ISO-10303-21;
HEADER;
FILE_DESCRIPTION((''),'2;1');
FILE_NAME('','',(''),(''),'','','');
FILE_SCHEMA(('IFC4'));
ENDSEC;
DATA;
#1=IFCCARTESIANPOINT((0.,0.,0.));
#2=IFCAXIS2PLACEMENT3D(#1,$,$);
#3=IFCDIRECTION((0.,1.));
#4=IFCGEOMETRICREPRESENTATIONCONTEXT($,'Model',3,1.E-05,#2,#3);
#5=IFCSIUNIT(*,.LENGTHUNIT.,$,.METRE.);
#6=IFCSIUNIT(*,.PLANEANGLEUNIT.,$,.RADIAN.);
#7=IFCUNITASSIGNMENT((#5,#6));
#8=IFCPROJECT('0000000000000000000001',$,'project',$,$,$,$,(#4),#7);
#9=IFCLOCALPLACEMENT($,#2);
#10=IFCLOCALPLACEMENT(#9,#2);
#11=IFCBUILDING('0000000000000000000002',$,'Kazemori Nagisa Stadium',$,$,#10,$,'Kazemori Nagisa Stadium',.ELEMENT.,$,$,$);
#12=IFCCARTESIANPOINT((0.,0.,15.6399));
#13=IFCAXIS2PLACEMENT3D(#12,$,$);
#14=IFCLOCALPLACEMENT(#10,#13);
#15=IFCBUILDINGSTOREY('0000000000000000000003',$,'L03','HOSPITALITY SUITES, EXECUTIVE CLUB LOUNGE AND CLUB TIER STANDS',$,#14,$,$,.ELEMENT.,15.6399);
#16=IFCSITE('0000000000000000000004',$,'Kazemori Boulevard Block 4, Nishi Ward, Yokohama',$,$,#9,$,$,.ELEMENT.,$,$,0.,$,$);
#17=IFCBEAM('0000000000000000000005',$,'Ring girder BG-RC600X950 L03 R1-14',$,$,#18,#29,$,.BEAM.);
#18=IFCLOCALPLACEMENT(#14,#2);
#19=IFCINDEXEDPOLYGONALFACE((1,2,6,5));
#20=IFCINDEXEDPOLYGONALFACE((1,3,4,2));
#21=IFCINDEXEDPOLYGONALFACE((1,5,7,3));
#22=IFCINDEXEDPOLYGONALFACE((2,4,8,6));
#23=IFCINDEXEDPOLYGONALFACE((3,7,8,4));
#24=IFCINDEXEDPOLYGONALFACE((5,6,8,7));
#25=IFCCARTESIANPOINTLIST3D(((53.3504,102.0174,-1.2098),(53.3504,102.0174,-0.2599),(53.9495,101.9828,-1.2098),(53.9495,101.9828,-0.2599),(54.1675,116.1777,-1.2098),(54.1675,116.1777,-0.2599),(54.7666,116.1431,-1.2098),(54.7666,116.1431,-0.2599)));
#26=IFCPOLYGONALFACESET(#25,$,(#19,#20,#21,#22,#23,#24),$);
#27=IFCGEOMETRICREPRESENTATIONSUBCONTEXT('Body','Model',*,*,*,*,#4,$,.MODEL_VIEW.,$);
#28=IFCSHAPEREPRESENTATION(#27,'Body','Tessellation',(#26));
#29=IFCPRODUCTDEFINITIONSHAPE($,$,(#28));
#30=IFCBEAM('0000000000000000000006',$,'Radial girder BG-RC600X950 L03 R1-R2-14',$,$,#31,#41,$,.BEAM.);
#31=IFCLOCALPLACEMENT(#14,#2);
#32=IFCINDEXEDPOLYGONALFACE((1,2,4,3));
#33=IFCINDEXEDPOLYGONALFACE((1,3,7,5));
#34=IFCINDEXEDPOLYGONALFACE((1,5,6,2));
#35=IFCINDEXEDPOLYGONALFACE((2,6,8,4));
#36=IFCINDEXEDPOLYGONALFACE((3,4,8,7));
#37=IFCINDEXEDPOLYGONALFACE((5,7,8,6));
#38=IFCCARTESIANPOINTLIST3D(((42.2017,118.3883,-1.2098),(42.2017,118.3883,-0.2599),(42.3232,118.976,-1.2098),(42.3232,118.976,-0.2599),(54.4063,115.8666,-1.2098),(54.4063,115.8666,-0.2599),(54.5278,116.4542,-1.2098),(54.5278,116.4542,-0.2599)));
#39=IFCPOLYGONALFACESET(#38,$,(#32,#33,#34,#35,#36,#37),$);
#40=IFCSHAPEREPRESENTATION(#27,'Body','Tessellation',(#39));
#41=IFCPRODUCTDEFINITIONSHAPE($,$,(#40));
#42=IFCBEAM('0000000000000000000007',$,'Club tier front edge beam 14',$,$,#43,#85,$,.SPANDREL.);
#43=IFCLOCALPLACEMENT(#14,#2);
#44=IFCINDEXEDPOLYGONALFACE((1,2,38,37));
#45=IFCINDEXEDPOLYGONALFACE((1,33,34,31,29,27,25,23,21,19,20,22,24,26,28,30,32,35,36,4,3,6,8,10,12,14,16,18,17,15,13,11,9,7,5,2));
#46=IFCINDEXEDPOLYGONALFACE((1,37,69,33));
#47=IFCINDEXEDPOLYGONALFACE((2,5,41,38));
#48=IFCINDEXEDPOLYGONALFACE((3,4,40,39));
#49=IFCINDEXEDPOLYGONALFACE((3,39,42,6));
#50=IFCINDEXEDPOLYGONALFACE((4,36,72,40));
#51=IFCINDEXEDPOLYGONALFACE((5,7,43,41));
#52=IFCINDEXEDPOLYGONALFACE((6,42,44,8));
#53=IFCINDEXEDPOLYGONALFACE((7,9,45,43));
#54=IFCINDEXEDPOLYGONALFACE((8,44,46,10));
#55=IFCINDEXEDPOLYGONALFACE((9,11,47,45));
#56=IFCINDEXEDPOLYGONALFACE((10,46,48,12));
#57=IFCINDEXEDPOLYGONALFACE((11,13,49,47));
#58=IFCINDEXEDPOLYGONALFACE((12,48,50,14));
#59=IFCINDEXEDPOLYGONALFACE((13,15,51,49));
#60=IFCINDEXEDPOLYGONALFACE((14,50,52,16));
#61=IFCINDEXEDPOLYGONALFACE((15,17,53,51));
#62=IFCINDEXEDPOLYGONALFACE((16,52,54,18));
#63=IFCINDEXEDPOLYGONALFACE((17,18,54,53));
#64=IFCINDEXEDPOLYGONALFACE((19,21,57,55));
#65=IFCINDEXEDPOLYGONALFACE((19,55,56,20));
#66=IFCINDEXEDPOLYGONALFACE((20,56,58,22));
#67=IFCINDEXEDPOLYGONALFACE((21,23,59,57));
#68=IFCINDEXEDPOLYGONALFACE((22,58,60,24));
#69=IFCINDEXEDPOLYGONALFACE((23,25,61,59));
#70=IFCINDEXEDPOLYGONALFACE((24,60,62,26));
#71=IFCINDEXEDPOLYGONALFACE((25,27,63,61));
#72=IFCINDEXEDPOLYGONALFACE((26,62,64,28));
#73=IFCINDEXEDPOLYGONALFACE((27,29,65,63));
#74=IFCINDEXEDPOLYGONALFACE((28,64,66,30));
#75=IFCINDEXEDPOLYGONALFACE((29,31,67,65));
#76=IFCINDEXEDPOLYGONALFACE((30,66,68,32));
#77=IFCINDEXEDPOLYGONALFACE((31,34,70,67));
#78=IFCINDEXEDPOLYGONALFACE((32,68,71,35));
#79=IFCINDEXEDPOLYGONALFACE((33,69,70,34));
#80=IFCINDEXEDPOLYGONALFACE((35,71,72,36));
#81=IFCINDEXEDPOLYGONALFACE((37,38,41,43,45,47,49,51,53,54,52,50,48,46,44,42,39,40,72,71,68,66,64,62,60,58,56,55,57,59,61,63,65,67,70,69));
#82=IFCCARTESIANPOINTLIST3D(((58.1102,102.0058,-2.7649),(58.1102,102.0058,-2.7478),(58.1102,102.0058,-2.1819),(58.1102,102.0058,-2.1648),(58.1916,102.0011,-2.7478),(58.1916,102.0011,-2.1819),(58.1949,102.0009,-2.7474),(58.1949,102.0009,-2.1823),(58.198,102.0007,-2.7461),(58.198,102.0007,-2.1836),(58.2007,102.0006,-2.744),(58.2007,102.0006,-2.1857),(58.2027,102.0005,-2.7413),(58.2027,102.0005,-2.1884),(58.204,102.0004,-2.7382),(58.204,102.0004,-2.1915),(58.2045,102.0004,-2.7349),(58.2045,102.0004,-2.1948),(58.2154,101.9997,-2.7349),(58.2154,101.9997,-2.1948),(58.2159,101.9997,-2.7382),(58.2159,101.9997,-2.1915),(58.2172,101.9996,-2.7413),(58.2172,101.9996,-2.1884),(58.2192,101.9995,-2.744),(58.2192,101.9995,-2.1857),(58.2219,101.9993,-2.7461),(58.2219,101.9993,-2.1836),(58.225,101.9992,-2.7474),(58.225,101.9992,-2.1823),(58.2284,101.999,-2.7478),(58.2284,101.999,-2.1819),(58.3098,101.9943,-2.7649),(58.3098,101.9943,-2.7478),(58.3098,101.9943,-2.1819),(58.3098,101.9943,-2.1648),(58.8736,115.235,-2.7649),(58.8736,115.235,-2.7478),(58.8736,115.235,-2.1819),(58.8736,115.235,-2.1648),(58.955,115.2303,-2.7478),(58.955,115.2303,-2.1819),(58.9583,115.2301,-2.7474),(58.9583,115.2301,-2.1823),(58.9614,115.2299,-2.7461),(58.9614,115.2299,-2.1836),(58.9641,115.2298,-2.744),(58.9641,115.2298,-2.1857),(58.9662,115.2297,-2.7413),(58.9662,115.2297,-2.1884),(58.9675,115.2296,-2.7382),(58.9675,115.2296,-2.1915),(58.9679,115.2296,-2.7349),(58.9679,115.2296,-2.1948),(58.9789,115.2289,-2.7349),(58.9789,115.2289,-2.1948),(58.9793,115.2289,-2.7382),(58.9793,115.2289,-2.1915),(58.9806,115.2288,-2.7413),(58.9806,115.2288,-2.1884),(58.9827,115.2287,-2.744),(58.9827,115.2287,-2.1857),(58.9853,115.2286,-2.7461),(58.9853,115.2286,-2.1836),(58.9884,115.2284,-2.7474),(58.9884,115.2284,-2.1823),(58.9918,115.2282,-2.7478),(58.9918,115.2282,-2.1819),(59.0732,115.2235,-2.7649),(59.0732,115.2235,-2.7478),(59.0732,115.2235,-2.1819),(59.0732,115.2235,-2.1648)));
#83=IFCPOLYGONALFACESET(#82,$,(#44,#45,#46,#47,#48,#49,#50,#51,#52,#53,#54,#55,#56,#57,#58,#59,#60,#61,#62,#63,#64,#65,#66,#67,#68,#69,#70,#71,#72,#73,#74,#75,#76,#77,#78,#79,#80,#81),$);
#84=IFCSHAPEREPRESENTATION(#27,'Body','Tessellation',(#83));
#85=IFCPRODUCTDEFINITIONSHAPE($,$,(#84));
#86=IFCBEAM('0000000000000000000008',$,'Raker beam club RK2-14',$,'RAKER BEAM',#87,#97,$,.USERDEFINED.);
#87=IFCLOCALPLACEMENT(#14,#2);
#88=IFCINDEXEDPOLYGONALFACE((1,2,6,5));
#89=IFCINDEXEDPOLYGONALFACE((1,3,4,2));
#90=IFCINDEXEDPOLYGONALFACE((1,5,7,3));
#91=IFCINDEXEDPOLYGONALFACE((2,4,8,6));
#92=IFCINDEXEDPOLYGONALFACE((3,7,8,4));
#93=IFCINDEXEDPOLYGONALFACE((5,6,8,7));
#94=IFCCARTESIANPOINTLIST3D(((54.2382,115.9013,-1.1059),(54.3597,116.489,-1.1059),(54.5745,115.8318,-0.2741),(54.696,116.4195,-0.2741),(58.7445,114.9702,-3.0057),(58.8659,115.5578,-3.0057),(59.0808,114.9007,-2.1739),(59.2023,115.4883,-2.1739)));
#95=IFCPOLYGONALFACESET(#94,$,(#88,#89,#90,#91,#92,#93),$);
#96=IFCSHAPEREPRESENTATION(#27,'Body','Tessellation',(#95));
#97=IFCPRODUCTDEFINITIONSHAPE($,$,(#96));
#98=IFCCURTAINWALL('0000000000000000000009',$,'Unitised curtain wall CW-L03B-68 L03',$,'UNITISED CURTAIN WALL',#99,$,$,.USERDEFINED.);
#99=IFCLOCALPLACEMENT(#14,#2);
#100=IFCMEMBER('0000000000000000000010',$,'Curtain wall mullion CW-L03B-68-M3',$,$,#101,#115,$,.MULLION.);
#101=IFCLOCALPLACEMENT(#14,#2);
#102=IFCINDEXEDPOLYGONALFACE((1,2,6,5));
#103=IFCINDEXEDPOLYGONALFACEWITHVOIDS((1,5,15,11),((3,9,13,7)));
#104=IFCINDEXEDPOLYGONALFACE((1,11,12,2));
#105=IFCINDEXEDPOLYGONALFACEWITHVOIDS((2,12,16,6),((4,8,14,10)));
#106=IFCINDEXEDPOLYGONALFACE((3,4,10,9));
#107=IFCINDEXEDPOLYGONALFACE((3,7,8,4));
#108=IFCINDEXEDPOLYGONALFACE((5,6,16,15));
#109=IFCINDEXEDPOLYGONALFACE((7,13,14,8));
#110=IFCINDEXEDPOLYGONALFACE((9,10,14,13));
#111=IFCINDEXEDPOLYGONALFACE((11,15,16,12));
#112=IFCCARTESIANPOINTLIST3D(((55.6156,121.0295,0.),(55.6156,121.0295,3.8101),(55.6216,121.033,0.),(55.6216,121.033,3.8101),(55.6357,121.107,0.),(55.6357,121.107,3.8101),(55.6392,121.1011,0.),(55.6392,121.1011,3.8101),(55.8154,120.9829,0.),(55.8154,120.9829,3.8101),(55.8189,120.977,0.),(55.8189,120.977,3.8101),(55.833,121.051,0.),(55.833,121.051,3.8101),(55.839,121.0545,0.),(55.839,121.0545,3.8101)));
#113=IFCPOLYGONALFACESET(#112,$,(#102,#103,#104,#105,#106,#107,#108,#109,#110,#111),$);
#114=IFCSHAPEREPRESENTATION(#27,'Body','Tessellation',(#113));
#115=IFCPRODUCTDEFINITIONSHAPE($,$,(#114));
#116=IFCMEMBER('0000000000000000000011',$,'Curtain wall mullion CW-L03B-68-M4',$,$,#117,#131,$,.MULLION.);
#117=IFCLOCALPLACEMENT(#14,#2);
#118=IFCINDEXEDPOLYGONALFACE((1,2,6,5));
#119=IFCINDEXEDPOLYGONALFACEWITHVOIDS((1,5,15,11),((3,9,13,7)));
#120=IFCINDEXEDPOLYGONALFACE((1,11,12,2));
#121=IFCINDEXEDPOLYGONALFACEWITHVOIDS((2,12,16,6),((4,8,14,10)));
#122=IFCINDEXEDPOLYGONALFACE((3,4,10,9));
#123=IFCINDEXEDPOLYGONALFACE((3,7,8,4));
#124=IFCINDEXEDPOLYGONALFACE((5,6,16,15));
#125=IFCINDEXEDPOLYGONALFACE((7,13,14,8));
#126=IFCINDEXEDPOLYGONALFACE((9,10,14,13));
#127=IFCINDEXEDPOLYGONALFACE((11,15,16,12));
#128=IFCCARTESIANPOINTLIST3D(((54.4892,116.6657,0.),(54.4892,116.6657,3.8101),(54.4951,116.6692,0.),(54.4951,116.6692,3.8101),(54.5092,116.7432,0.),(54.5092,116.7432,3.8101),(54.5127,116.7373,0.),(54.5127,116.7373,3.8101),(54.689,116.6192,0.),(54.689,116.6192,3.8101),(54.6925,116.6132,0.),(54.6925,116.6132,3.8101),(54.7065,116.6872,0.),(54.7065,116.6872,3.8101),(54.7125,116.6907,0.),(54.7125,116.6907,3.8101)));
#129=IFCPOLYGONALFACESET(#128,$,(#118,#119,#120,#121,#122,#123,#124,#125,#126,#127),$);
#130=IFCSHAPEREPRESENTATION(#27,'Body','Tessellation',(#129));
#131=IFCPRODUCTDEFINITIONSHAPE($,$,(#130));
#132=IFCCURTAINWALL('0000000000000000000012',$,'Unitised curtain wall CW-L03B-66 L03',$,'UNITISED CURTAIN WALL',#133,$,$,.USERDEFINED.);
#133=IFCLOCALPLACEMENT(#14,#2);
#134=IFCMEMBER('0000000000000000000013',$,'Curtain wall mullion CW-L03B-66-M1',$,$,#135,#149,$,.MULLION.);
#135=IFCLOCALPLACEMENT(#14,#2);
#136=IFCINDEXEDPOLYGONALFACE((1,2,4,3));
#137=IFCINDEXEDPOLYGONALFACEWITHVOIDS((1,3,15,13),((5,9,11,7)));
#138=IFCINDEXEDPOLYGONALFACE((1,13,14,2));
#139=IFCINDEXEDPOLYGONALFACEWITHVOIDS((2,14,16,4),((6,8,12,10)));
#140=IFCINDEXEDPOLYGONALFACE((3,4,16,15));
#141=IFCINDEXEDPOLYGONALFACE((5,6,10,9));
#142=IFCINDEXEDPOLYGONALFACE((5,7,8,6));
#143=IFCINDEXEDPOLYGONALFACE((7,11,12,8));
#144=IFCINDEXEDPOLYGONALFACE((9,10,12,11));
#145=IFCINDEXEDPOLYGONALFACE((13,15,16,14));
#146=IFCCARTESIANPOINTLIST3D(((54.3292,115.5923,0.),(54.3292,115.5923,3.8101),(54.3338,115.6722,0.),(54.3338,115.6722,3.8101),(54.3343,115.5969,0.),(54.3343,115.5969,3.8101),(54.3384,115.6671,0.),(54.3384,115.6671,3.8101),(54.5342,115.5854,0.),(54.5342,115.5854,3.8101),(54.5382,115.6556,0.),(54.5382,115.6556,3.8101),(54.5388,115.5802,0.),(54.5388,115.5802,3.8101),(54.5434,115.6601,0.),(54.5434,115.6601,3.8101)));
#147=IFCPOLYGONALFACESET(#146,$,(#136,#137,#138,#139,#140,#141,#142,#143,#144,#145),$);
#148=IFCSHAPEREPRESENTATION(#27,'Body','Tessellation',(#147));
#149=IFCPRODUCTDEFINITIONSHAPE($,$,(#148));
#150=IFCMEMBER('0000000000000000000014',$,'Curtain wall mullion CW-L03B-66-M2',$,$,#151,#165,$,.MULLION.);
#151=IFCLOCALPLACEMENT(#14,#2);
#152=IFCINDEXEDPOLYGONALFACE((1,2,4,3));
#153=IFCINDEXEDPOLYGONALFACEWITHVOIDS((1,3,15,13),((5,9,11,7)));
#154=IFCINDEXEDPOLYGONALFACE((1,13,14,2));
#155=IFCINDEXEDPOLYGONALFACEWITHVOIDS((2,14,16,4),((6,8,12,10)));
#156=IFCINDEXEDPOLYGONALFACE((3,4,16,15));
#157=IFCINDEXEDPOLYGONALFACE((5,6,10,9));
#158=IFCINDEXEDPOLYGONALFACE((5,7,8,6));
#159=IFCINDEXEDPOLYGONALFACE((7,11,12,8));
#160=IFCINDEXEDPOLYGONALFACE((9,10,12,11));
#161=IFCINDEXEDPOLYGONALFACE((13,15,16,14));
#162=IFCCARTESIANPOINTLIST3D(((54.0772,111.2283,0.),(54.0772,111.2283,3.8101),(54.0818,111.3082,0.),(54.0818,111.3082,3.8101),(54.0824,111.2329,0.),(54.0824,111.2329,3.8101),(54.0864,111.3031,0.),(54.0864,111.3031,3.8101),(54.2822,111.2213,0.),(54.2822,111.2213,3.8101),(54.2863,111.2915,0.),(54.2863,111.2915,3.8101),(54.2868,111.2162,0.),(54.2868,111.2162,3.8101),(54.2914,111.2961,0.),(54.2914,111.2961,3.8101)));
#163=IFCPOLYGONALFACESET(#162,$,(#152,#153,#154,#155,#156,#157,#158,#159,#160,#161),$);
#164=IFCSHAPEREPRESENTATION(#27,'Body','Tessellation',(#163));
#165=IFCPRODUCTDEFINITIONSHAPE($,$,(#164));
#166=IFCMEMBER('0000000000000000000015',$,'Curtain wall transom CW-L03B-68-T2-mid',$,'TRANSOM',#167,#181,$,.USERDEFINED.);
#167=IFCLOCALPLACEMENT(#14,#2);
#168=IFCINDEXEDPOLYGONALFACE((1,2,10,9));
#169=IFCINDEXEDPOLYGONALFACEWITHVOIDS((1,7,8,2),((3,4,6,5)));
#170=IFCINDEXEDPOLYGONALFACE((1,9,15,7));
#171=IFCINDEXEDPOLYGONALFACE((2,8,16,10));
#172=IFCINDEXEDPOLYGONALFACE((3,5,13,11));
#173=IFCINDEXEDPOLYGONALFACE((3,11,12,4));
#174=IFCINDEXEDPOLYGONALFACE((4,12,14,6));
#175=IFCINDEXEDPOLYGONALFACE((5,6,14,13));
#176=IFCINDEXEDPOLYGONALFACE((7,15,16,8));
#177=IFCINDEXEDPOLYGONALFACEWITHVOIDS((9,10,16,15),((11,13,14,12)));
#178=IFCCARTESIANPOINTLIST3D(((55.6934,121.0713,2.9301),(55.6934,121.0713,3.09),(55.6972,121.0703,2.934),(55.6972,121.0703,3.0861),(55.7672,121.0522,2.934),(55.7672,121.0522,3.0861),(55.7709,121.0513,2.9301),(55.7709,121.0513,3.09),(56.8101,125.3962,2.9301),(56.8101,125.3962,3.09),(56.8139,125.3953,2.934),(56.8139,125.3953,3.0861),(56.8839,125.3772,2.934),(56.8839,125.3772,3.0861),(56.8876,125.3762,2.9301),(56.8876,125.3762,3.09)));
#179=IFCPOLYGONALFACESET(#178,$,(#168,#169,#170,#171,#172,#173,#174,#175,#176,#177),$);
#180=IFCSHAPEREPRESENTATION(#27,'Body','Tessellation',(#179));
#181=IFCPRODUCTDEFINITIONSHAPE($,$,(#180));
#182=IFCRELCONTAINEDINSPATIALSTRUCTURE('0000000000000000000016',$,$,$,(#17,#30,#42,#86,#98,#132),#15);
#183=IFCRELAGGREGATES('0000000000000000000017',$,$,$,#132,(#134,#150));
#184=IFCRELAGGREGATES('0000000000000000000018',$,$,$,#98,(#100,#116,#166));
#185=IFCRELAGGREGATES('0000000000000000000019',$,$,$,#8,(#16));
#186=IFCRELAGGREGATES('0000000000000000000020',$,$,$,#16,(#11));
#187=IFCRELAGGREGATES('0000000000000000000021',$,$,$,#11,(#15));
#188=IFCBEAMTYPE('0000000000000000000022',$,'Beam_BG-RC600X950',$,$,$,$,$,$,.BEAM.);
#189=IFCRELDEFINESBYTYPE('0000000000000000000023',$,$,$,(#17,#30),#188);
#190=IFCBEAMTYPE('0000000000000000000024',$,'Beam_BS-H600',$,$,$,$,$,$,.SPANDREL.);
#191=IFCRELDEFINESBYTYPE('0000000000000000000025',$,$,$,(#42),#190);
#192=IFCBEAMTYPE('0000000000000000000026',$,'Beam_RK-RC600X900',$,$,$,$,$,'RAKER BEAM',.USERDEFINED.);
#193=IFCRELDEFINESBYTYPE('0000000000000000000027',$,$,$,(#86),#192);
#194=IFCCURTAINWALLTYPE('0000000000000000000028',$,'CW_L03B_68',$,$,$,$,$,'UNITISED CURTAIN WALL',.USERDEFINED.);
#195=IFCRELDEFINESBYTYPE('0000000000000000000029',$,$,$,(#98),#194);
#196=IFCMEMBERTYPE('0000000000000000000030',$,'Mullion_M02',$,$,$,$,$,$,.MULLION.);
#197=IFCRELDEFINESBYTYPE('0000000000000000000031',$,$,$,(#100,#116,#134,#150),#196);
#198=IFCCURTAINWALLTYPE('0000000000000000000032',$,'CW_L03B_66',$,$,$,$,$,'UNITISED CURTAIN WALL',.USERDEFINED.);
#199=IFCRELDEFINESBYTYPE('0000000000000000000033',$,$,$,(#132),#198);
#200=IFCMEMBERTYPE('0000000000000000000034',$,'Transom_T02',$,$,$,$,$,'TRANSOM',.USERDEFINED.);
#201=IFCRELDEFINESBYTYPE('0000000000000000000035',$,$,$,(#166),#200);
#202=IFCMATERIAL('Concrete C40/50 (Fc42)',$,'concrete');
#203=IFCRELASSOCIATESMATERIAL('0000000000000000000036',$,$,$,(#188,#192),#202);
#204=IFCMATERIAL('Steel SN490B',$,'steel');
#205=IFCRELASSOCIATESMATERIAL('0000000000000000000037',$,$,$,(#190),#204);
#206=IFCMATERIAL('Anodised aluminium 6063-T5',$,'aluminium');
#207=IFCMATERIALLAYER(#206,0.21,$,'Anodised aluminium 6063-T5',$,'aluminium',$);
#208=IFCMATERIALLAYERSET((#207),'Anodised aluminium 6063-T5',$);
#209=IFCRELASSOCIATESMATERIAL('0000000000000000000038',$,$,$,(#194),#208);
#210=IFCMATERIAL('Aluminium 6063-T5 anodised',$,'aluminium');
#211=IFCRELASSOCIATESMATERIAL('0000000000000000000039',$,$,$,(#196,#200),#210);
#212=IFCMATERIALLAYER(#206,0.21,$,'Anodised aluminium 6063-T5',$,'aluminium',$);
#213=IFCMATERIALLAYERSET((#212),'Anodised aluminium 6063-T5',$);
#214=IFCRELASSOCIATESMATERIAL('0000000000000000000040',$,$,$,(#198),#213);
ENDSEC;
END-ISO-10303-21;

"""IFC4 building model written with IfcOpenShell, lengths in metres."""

from ifc_helpers import new_model, si_unit, direction, frame, origin, origin_2d, place, context, subcontext, project, spatial, rectangle, hollow_rectangle, i_section, extrude, material, layer, layer_set, material_profile, profile_set, type_object, element, aggregate, save


model = new_model("IFC4")

# Units and contexts
model_context = context("Model", 3, precision=1e-05, world=origin(), true_north=direction((0.0, 1.0)))
body_context = subcontext(model_context, "Body", "Model", "MODEL_VIEW")
ifc_project = project(units=[si_unit("LENGTHUNIT", "METRE"), si_unit("PLANEANGLEUNIT", "RADIAN")], contexts=[model_context])

# Site, building, storey
site_placement = place(None, origin())
site = spatial("IfcSite", under=ifc_project, at=site_placement, Name="Kazemori Boulevard Block 4, Nishi Ward, Yokohama", CompositionType="ELEMENT", RefElevation=0.0)
building_placement = place(site_placement, origin())
building = spatial("IfcBuilding", under=site, at=building_placement, Name="Kazemori Nagisa Stadium", LongName="Kazemori Nagisa Stadium", CompositionType="ELEMENT")
storey_placement = place(building_placement, frame((0.0, 0.0, 15.6399)))
storey = spatial("IfcBuildingStorey", under=building, at=storey_placement, Name="L03", Description="HOSPITALITY SUITES, EXECUTIVE CLUB LOUNGE AND CLUB TIER STANDS", CompositionType="ELEMENT", Elevation=15.6399)

# Shared definitions
ifc_material_1 = material(Name="Concrete C40/50 (Fc42)", Category="concrete")

# Beams
ifc_material_profile_1 = material_profile(ifc_material_1, rectangle(XDim=0.6001, YDim=0.95, at=origin_2d()), Name="RC-BM-600x950")
ifc_profile_set_1 = profile_set([ifc_material_profile_1], Name="Concrete C40/50 (Fc42)")
beam_type_1 = type_object("IfcBeamType", Name="Beam_BG-RC600X950", PredefinedType="BEAM", material=ifc_profile_set_1)
beam_1_placement = place(storey_placement, frame((54.467, 116.1604, -0.7349), z_axis=(-0.05761, -0.998339, 0.0), x_axis=(0.998339, -0.05761, 0.0)))
element("IfcBeam", 1, at=beam_1_placement, inside=storey, type_object=beam_type_1, Name="Ring girder BG-RC600X950 L03 R1-14", PredefinedType="BEAM", context=body_context, shape_type="SweptSolid", body=[
    extrude(rectangle(XDim=0.6001, YDim=0.95, at=origin_2d()), origin(), (0.0, 0.0, 1.0), 14.1838),
])
beam_2_placement = place(storey_placement, frame((54.467, 116.1604, -0.7349), z_axis=(-0.979314, 0.202347, 0.0), x_axis=(-0.202347, -0.979314, 0.0)))
element("IfcBeam", 2, at=beam_2_placement, inside=storey, type_object=beam_type_1, Name="Radial girder BG-RC600X950 L03 R1-R2-14", PredefinedType="BEAM", context=body_context, shape_type="SweptSolid", body=[
    extrude(rectangle(XDim=0.6001, YDim=0.95, at=origin_2d()), origin(), (0.0, 0.0, 1.0), 12.4624),
])
ifc_material_2 = material(Name="Steel SN490B", Category="steel")
ifc_material_profile_2 = material_profile(ifc_material_2, i_section(OverallWidth=0.2, OverallDepth=0.6001, WebThickness=0.011, FlangeThickness=0.0171, FilletRadius=0.0129, at=origin_2d()), Name="H-600x200x11x17")
ifc_profile_set_2 = profile_set([ifc_material_profile_2], Name="Steel SN490B")
beam_type_2 = type_object("IfcBeamType", Name="Beam_BS-H600", PredefinedType="SPANDREL", material=ifc_profile_set_2)
beam_3_placement = place(storey_placement, frame((58.9734, 115.2292, -2.4648), z_axis=(-0.057612, -0.998339, 0.0), x_axis=(0.998339, -0.057612, 0.0)))
element("IfcBeam", 3, at=beam_3_placement, inside=storey, type_object=beam_type_2, Name="Club tier front edge beam 14", PredefinedType="SPANDREL", context=body_context, shape_type="SweptSolid", body=[
    extrude(i_section(OverallWidth=0.2, OverallDepth=0.6001, WebThickness=0.011, FlangeThickness=0.0171, FilletRadius=0.0129, at=origin_2d()), origin(), (0.0, 0.0, 1.0), 13.2512),
])
ifc_material_profile_3 = material_profile(ifc_material_1, rectangle(XDim=0.6001, YDim=0.8999, at=origin_2d()), Name="RC-RK-600x900")
ifc_profile_set_3 = profile_set([ifc_material_profile_3], Name="Concrete C40/50 (Fc42)")
beam_type_3 = type_object("IfcBeamType", Name="Beam_RK-RC600X900", ElementType="RAKER BEAM", PredefinedType="USERDEFINED", material=ifc_profile_set_3)
beam_4_placement = place(storey_placement, frame((58.9734, 115.2292, -2.5898), z_axis=(-0.905191, 0.187041, 0.381634), x_axis=(-0.202356, -0.979312, 0.0)))
element("IfcBeam", 4, at=beam_4_placement, inside=storey, type_object=beam_type_3, Name="Raker beam club RK2-14", ObjectType="RAKER BEAM", PredefinedType="USERDEFINED", context=body_context, shape_type="SweptSolid", body=[
    extrude(rectangle(XDim=0.6001, YDim=0.8999, at=origin_2d()), origin(), (0.0, 0.0, 1.0), 4.9783),
])

# Curtain walls, members
ifc_material_3 = material(Name="Anodised aluminium 6063-T5", Category="aluminium")
ifc_layer_1 = layer(ifc_material_3, 0.21, Name="Anodised aluminium 6063-T5", Category="aluminium")
ifc_layer_set_1 = layer_set([ifc_layer_1], Name="Anodised aluminium 6063-T5")
curtain_wall_type_1 = type_object("IfcCurtainWallType", Name="CW_L03B_68", ElementType="UNITISED CURTAIN WALL", PredefinedType="USERDEFINED", material=ifc_layer_set_1)
curtain_wall_1_placement = place(storey_placement, origin())
curtain_wall_1 = element("IfcCurtainWall", 5, at=curtain_wall_1_placement, inside=storey, type_object=curtain_wall_type_1, Name="Unitised curtain wall CW-L03B-68 L03", ObjectType="UNITISED CURTAIN WALL", PredefinedType="USERDEFINED")
ifc_material_4 = material(Name="Aluminium 6063-T5 anodised", Category="aluminium")
ifc_material_profile_4 = material_profile(ifc_material_4, hollow_rectangle(XDim=0.0801, YDim=0.21, WallThickness=0.0049, at=origin_2d()), Name="ALU-MULL-80x210x5")
ifc_profile_set_4 = profile_set([ifc_material_profile_4], Name="Aluminium 6063-T5 anodised")
member_type_1 = type_object("IfcMemberType", Name="Mullion_M02", PredefinedType="MULLION", material=ifc_profile_set_4)
member_1_placement = place(storey_placement, frame((55.7273, 121.042, 0.0), z_axis=(0.0, 0.0, 1.0), x_axis=(-0.249965, -0.968255, 0.0)))
member_1 = element("IfcMember", 6, at=member_1_placement, type_object=member_type_1, Name="Curtain wall mullion CW-L03B-68-M3", PredefinedType="MULLION", context=body_context, shape_type="SweptSolid", body=[
    extrude(hollow_rectangle(XDim=0.0801, YDim=0.21, WallThickness=0.0049, at=origin_2d()), origin(), (0.0, 0.0, 1.0), 3.8101),
])
member_2_placement = place(storey_placement, frame((54.6008, 116.6782, 0.0), z_axis=(0.0, 0.0, 1.0), x_axis=(-0.249965, -0.968255, 0.0)))
member_2 = element("IfcMember", 7, at=member_2_placement, type_object=member_type_1, Name="Curtain wall mullion CW-L03B-68-M4", PredefinedType="MULLION", context=body_context, shape_type="SweptSolid", body=[
    extrude(hollow_rectangle(XDim=0.0801, YDim=0.21, WallThickness=0.0049, at=origin_2d()), origin(), (0.0, 0.0, 1.0), 3.8101),
])
ifc_layer_2 = layer(ifc_material_3, 0.21, Name="Anodised aluminium 6063-T5", Category="aluminium")
ifc_layer_set_2 = layer_set([ifc_layer_2], Name="Anodised aluminium 6063-T5")
curtain_wall_type_2 = type_object("IfcCurtainWallType", Name="CW_L03B_66", ElementType="UNITISED CURTAIN WALL", PredefinedType="USERDEFINED", material=ifc_layer_set_2)
curtain_wall_2_placement = place(storey_placement, origin())
curtain_wall_2 = element("IfcCurtainWall", 8, at=curtain_wall_2_placement, inside=storey, type_object=curtain_wall_type_2, Name="Unitised curtain wall CW-L03B-66 L03", ObjectType="UNITISED CURTAIN WALL", PredefinedType="USERDEFINED")
member_3_placement = place(storey_placement, frame((54.4363, 115.6262, 0.0), z_axis=(0.0, 0.0, 1.0), x_axis=(-0.057602, -0.99834, 0.0)))
member_3 = element("IfcMember", 9, at=member_3_placement, type_object=member_type_1, Name="Curtain wall mullion CW-L03B-66-M1", PredefinedType="MULLION", context=body_context, shape_type="SweptSolid", body=[
    extrude(hollow_rectangle(XDim=0.0801, YDim=0.21, WallThickness=0.0049, at=origin_2d()), origin(), (0.0, 0.0, 1.0), 3.8101),
])
member_4_placement = place(storey_placement, frame((54.1843, 111.2622, 0.0), z_axis=(0.0, 0.0, 1.0), x_axis=(-0.057602, -0.99834, 0.0)))
member_4 = element("IfcMember", 10, at=member_4_placement, type_object=member_type_1, Name="Curtain wall mullion CW-L03B-66-M2", PredefinedType="MULLION", context=body_context, shape_type="SweptSolid", body=[
    extrude(hollow_rectangle(XDim=0.0801, YDim=0.21, WallThickness=0.0049, at=origin_2d()), origin(), (0.0, 0.0, 1.0), 3.8101),
])

# Member
ifc_material_profile_5 = material_profile(ifc_material_4, hollow_rectangle(XDim=0.0801, YDim=0.1599, WallThickness=0.0039, at=origin_2d()), Name="ALU-TRAN-80x160x4")
ifc_profile_set_5 = profile_set([ifc_material_profile_5], Name="Aluminium 6063-T5 anodised")
member_type_2 = type_object("IfcMemberType", Name="Transom_T02", ElementType="TRANSOM", PredefinedType="USERDEFINED", material=ifc_profile_set_5)
member_5_placement = place(storey_placement, frame((56.8489, 125.3862, 3.01), z_axis=(-0.25, -0.968246, 0.0), x_axis=(0.968246, -0.25, 0.0)))
member_5 = element("IfcMember", 11, at=member_5_placement, type_object=member_type_2, Name="Curtain wall transom CW-L03B-68-T2-mid", ObjectType="TRANSOM", PredefinedType="USERDEFINED", context=body_context, shape_type="SweptSolid", body=[
    extrude(hollow_rectangle(XDim=0.0801, YDim=0.1599, WallThickness=0.0039, at=origin_2d()), origin(), (0.0, 0.0, 1.0), 4.4668),
])

aggregate(curtain_wall_2, [member_3, member_4])
aggregate(curtain_wall_1, [member_1, member_2, member_5])

save(model, "model.ifc")
